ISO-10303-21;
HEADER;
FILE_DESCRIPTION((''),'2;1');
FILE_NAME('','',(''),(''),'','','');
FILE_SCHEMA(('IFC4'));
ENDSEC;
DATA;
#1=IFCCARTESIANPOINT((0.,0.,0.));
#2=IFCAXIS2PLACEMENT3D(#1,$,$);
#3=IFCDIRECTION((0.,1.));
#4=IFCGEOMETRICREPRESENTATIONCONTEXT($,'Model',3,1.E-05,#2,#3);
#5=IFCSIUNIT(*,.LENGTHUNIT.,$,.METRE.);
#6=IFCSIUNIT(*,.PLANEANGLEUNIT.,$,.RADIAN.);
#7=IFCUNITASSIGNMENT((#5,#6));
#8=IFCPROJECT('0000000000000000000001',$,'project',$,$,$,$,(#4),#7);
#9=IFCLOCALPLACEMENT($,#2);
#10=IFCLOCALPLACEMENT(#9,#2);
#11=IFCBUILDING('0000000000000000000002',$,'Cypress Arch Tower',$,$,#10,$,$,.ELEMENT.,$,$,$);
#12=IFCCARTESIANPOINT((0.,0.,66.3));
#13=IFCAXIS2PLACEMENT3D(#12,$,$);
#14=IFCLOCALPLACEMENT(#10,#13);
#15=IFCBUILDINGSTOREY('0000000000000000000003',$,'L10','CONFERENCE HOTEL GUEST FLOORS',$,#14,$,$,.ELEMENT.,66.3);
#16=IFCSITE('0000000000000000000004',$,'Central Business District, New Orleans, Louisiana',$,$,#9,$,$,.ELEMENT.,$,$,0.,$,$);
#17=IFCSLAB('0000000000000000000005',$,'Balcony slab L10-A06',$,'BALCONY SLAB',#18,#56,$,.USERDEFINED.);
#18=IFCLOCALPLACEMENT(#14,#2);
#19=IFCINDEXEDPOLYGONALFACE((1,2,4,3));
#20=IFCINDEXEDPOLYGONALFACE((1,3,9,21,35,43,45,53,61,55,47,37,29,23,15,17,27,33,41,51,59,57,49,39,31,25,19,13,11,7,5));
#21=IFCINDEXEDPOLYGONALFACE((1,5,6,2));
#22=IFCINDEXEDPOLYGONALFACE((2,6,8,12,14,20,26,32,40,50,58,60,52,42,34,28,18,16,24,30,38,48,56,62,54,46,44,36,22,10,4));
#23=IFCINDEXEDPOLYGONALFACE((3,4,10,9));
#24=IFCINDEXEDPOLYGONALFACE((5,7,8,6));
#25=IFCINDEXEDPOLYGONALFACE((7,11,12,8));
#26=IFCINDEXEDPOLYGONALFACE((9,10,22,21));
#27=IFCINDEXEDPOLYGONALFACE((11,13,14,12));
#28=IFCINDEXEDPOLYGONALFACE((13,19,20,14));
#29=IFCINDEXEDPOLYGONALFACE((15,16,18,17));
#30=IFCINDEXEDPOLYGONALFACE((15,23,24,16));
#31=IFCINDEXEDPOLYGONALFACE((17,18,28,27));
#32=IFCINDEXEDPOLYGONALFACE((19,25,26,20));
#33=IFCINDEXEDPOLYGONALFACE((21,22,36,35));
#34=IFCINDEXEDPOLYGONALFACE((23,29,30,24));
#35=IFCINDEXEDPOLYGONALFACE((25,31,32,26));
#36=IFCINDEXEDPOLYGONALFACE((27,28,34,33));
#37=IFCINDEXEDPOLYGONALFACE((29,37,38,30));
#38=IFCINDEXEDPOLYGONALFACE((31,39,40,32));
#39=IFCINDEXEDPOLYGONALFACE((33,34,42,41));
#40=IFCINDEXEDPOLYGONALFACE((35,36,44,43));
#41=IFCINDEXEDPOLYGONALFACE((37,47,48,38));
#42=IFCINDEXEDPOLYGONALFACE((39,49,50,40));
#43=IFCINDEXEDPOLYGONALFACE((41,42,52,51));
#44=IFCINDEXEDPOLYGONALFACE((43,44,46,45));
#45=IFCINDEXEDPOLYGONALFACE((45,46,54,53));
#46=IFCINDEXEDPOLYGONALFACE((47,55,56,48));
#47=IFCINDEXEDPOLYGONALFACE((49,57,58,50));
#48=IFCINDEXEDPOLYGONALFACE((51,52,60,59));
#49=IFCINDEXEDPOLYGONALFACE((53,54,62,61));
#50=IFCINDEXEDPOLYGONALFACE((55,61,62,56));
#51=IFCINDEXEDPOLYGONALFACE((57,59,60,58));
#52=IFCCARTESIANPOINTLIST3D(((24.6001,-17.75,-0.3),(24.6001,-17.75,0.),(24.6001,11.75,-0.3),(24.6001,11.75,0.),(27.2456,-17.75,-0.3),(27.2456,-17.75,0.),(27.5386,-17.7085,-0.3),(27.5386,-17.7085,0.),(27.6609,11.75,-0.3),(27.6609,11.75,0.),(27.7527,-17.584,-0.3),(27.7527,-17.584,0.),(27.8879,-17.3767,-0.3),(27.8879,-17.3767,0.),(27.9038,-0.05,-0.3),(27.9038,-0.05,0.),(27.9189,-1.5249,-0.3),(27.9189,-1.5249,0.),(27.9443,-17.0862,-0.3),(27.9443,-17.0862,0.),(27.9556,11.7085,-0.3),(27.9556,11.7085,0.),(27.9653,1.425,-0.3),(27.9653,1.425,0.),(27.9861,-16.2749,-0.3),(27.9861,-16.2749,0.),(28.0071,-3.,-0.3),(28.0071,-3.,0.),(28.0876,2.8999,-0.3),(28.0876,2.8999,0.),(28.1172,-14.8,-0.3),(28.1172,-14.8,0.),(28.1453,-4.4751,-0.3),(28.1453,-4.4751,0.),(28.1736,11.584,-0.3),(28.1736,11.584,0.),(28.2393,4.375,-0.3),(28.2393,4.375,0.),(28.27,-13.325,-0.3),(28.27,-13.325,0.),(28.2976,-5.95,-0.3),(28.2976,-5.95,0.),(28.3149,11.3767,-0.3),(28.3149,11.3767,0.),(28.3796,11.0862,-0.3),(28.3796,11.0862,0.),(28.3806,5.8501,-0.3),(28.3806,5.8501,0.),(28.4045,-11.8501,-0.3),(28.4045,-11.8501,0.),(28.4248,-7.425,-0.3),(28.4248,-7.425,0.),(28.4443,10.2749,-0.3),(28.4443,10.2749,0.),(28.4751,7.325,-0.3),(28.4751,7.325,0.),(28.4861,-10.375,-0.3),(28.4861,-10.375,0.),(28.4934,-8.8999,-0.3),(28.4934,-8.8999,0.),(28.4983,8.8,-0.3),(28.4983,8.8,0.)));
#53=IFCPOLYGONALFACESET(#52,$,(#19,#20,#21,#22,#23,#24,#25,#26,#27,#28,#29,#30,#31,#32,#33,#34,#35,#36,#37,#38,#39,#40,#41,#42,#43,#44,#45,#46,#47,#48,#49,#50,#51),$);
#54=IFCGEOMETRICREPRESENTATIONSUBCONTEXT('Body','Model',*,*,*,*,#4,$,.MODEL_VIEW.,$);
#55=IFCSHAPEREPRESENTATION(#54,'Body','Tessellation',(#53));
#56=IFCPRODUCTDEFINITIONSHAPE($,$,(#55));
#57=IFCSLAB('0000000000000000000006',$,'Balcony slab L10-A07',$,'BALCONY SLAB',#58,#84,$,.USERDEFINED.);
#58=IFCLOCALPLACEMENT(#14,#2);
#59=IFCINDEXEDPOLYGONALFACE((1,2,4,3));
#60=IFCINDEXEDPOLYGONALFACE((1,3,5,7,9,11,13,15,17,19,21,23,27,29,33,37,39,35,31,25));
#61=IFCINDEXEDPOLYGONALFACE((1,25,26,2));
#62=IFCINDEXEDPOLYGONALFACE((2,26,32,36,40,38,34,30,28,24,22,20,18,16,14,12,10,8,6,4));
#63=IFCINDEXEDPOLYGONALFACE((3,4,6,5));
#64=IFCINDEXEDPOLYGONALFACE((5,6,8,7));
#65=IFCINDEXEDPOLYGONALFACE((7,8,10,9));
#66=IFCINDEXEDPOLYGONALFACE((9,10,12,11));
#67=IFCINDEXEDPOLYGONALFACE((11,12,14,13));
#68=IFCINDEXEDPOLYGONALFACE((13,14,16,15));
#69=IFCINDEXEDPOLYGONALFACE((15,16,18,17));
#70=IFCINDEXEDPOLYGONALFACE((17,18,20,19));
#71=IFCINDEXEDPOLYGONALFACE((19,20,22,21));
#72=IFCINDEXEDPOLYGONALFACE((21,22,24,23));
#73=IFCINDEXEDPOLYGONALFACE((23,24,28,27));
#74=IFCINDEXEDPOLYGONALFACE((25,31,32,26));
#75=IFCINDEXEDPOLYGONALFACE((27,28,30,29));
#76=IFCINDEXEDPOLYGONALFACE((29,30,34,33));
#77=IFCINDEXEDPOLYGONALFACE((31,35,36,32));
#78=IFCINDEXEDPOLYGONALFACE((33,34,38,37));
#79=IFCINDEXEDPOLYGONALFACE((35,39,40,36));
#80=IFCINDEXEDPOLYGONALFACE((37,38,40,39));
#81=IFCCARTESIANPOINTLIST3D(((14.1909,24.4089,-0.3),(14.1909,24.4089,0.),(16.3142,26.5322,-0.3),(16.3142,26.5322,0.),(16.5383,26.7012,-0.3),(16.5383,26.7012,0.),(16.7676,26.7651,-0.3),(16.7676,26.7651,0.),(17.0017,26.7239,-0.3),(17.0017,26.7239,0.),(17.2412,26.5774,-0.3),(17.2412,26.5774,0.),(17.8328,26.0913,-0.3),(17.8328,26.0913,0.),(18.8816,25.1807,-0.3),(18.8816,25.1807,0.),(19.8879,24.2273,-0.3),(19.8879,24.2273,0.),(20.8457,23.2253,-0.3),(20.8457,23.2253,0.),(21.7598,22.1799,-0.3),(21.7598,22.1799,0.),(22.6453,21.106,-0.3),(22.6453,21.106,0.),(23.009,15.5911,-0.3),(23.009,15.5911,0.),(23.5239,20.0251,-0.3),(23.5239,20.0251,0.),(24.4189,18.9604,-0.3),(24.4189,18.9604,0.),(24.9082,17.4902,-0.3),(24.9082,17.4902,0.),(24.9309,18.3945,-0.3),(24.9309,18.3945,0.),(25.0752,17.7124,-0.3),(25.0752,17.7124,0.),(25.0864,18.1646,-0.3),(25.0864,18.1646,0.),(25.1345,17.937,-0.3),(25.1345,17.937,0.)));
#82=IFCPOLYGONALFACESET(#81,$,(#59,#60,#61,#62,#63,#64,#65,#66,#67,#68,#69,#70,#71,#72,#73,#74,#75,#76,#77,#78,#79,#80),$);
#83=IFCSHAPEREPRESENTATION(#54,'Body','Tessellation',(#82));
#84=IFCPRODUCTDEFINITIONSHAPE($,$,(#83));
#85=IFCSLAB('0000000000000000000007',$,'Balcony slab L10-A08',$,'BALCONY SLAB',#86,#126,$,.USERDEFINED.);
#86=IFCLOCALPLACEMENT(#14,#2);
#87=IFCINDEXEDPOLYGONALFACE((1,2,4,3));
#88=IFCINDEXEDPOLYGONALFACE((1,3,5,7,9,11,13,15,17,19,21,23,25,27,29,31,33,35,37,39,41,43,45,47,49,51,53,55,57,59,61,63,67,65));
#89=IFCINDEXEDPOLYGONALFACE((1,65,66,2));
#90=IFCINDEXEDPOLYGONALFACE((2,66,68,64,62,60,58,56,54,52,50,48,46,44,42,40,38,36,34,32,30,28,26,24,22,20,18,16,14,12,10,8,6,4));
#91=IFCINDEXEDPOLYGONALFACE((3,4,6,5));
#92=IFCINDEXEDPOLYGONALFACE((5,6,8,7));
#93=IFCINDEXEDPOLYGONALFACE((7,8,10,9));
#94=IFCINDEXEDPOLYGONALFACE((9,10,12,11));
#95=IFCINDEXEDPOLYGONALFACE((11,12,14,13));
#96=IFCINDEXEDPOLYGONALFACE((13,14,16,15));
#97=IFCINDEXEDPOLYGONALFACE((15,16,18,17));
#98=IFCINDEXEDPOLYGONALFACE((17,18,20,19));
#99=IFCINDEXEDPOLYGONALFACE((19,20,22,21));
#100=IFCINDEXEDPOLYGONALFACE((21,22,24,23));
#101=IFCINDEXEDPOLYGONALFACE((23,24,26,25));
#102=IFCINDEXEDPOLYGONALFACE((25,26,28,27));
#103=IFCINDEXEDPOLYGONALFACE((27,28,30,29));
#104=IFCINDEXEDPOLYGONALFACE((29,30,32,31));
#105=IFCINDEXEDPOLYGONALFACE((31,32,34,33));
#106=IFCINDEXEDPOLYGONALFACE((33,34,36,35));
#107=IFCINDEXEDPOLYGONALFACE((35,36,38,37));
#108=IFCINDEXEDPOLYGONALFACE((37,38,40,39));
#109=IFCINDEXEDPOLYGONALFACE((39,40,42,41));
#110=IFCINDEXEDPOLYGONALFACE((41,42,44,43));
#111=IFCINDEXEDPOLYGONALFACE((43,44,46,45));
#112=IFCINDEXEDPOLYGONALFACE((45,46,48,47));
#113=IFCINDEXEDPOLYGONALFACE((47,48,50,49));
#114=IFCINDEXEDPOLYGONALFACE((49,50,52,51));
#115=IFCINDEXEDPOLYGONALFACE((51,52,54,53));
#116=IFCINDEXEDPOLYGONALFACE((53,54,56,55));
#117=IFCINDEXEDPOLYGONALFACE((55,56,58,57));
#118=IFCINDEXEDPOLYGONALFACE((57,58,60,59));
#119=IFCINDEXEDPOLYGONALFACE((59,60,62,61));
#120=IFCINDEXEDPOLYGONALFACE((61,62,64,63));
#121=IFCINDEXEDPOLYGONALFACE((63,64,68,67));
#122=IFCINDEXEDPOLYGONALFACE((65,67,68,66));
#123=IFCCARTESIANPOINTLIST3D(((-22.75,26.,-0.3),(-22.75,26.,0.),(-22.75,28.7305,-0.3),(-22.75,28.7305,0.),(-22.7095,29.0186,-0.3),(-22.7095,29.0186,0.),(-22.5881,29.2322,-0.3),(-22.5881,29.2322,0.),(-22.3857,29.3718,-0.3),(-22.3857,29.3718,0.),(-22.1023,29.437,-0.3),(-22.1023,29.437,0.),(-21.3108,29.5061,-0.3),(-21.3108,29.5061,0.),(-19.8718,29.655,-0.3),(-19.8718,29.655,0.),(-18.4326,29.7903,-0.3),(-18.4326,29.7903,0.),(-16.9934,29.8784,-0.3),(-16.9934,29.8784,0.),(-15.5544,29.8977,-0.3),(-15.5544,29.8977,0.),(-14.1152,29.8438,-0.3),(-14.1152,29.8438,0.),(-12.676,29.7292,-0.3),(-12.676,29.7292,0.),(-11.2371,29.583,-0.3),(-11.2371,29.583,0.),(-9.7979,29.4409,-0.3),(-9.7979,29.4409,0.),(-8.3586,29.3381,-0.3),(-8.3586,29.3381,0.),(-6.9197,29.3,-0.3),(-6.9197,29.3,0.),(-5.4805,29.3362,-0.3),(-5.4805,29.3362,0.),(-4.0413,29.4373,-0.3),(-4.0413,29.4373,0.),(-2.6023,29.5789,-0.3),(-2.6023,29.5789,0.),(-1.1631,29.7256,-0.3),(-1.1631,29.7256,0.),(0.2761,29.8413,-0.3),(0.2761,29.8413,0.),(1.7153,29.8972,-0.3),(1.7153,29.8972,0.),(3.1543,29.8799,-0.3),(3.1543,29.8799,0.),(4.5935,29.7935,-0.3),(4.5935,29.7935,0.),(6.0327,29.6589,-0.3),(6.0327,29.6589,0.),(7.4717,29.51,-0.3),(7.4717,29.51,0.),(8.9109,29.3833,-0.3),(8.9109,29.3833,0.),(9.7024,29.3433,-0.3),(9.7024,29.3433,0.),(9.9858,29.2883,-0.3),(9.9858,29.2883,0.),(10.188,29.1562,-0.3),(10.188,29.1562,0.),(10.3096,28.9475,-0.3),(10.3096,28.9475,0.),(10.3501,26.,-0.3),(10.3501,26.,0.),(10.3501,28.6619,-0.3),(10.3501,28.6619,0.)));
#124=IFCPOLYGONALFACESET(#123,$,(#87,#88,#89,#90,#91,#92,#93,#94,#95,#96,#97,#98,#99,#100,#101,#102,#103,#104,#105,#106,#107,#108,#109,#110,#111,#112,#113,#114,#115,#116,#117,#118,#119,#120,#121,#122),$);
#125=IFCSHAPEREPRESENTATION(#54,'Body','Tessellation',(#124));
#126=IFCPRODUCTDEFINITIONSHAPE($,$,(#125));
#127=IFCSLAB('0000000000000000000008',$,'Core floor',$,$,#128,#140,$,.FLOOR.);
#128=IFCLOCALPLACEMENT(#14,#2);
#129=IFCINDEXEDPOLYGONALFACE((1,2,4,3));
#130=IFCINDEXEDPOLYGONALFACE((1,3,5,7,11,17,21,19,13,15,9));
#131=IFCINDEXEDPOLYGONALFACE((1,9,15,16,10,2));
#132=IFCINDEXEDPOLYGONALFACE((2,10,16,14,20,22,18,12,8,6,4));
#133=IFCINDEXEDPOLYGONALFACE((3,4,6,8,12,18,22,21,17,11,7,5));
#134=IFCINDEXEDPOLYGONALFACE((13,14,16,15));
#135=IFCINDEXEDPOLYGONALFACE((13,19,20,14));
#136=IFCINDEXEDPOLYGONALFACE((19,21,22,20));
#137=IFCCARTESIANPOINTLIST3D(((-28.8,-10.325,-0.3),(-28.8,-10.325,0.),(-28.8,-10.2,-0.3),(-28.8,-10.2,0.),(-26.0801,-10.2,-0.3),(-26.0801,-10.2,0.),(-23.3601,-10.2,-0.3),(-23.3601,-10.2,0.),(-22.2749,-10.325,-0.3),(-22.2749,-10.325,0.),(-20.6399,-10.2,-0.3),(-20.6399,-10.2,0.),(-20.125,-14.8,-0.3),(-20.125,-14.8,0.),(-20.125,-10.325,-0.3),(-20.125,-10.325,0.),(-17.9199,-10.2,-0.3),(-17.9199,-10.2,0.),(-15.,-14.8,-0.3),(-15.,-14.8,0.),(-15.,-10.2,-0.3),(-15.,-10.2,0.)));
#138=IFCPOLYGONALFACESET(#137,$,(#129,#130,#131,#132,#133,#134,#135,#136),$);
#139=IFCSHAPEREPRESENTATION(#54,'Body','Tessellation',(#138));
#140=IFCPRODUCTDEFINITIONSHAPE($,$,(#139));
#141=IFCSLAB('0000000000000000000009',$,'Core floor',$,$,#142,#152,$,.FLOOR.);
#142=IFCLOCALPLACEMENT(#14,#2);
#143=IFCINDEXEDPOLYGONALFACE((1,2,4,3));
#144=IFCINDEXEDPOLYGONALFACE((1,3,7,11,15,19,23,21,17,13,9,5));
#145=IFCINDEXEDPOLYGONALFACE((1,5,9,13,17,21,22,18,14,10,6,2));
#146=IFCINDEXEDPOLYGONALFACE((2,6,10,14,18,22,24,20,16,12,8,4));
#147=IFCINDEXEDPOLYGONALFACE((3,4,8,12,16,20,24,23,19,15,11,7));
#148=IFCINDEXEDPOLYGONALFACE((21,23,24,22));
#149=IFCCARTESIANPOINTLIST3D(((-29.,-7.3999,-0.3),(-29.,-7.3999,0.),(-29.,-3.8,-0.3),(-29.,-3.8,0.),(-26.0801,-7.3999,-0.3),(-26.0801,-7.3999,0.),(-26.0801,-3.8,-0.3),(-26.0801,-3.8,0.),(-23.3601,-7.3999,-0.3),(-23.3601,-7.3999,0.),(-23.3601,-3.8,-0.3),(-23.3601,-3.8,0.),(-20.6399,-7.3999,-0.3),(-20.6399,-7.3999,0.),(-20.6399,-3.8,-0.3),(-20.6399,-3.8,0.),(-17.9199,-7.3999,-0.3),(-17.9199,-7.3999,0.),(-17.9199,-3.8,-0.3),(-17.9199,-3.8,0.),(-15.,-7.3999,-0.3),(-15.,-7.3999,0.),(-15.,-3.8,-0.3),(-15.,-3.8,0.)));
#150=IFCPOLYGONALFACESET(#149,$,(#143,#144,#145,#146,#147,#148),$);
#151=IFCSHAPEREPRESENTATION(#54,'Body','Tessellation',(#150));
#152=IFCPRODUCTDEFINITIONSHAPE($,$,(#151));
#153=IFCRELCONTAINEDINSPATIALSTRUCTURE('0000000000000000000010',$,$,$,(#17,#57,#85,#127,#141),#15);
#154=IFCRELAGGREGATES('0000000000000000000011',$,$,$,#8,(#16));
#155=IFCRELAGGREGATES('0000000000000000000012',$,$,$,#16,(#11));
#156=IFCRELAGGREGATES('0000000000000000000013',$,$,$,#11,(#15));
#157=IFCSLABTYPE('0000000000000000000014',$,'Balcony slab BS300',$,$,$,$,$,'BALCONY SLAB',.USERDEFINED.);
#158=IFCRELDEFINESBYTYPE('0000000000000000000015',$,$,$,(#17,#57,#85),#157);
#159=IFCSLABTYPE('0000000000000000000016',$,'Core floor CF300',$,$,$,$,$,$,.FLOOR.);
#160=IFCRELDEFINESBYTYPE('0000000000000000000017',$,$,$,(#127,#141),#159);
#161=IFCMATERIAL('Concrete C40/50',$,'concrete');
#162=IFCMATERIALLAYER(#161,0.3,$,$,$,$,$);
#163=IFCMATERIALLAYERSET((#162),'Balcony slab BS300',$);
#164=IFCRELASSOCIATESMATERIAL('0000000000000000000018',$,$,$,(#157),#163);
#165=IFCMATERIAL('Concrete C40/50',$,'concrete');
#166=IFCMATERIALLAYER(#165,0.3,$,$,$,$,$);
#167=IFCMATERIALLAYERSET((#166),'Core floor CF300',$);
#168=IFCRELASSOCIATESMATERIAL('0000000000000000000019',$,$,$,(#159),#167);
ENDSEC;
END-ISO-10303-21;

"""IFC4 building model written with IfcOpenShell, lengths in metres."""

from ifc_helpers import new_model, si_unit, direction, frame, origin, place, context, subcontext, project, spatial, polyline, outline, extrude, material, layer, layer_set, type_object, element, save


model = new_model("IFC4")

# Units and contexts
model_context = context("Model", 3, precision=1e-05, world=origin(), true_north=direction((0.0, 1.0)))
body_context = subcontext(model_context, "Body", "Model", "MODEL_VIEW")
ifc_project = project(units=[si_unit("LENGTHUNIT", "METRE"), si_unit("PLANEANGLEUNIT", "RADIAN")], contexts=[model_context])

# Site, building, storey
site_placement = place(None, origin())
site = spatial("IfcSite", under=ifc_project, at=site_placement, Name="Central Business District, New Orleans, Louisiana", CompositionType="ELEMENT", RefElevation=0.0)
building_placement = place(site_placement, origin())
building = spatial("IfcBuilding", under=site, at=building_placement, Name="Cypress Arch Tower", CompositionType="ELEMENT")
storey_placement = place(building_placement, frame((0.0, 0.0, 66.3)))
storey = spatial("IfcBuildingStorey", under=building, at=storey_placement, Name="L10", Description="CONFERENCE HOTEL GUEST FLOORS", CompositionType="ELEMENT", Elevation=66.3)

# Slabs
ifc_material_1 = material(Name="Concrete C40/50", Category="concrete")
ifc_layer_1 = layer(ifc_material_1, 0.3)
ifc_layer_set_1 = layer_set([ifc_layer_1], Name="Balcony slab BS300")
slab_type_1 = type_object("IfcSlabType", Name="Balcony slab BS300", ElementType="BALCONY SLAB", PredefinedType="USERDEFINED", material=ifc_layer_set_1)
slab_1_placement = place(storey_placement, frame((0.0, 0.0, -0.3)))
element("IfcSlab", 1, at=slab_1_placement, inside=storey, type_object=slab_type_1, Name="Balcony slab L10-A06", ObjectType="BALCONY SLAB", PredefinedType="USERDEFINED", context=body_context, shape_type="SweptSolid", body=[
    extrude(outline(polyline([(24.6001, -17.75), (27.2456, -17.75), (27.5386, -17.7085), (27.7527, -17.584), (27.8879, -17.3767), (27.9443, -17.0862), (27.9861, -16.2749), (28.1172, -14.8), (28.27, -13.325), (28.4045, -11.8501), (28.4861, -10.375), (28.4934, -8.8999), (28.4248, -7.425), (28.2976, -5.95), (28.1453, -4.4751), (28.0071, -3.0), (27.9189, -1.5249), (27.9038, -0.05), (27.9653, 1.425), (28.0876, 2.8999), (28.2393, 4.375), (28.3806, 5.8501), (28.4751, 7.325), (28.4983, 8.8), (28.4443, 10.2749), (28.3796, 11.0862), (28.3149, 11.3767), (28.1736, 11.584), (27.9556, 11.7085), (27.6609, 11.75), (24.6001, 11.75), (24.6001, -17.75)])), origin(), (0.0, 0.0, 1.0), 0.3),
])
slab_2_placement = place(storey_placement, frame((0.0, 0.0, -0.3)))
element("IfcSlab", 2, at=slab_2_placement, inside=storey, type_object=slab_type_1, Name="Balcony slab L10-A07", ObjectType="BALCONY SLAB", PredefinedType="USERDEFINED", context=body_context, shape_type="SweptSolid", body=[
    extrude(outline(polyline([(23.009, 15.5911), (24.9082, 17.4902), (25.0752, 17.7124), (25.1345, 17.937), (25.0864, 18.1646), (24.9309, 18.3945), (24.4189, 18.9604), (23.5239, 20.0251), (22.6453, 21.106), (21.7598, 22.1799), (20.8457, 23.2253), (19.8879, 24.2273), (18.8816, 25.1807), (17.8328, 26.0913), (17.2412, 26.5774), (17.0017, 26.7239), (16.7676, 26.7651), (16.5383, 26.7012), (16.3142, 26.5322), (14.1909, 24.4089), (23.009, 15.5911)])), origin(), (0.0, 0.0, 1.0), 0.3),
])
slab_3_placement = place(storey_placement, frame((0.0, 0.0, -0.3)))
element("IfcSlab", 3, at=slab_3_placement, inside=storey, type_object=slab_type_1, Name="Balcony slab L10-A08", ObjectType="BALCONY SLAB", PredefinedType="USERDEFINED", context=body_context, shape_type="SweptSolid", body=[
    extrude(outline(polyline([(10.3501, 26.0), (10.3501, 28.6619), (10.3096, 28.9475), (10.188, 29.1562), (9.9858, 29.2883), (9.7024, 29.3433), (8.9109, 29.3833), (7.4717, 29.51), (6.0327, 29.6589), (4.5935, 29.7935), (3.1543, 29.8799), (1.7153, 29.8972), (0.2761, 29.8413), (-1.1631, 29.7256), (-2.6023, 29.5789), (-4.0413, 29.4373), (-5.4805, 29.3362), (-6.9197, 29.3), (-8.3586, 29.3381), (-9.7979, 29.4409), (-11.2371, 29.583), (-12.676, 29.7292), (-14.1152, 29.8438), (-15.5544, 29.8977), (-16.9934, 29.8784), (-18.4326, 29.7903), (-19.8718, 29.655), (-21.3108, 29.5061), (-22.1023, 29.437), (-22.3857, 29.3718), (-22.5881, 29.2322), (-22.7095, 29.0186), (-22.75, 28.7305), (-22.75, 26.0), (10.3501, 26.0)])), origin(), (0.0, 0.0, 1.0), 0.3),
])
ifc_material_2 = material(Name="Concrete C40/50", Category="concrete")
ifc_layer_2 = layer(ifc_material_2, 0.3)
ifc_layer_set_2 = layer_set([ifc_layer_2], Name="Core floor CF300")
slab_type_2 = type_object("IfcSlabType", Name="Core floor CF300", PredefinedType="FLOOR", material=ifc_layer_set_2)
slab_4_placement = place(storey_placement, frame((0.0, 0.0, -0.3)))
element("IfcSlab", 4, at=slab_4_placement, inside=storey, type_object=slab_type_2, Name="Core floor", PredefinedType="FLOOR", context=body_context, shape_type="SweptSolid", body=[
    extrude(outline(polyline([(-20.125, -14.8), (-15.0, -14.8), (-15.0, -10.2), (-17.9199, -10.2), (-20.6399, -10.2), (-23.3601, -10.2), (-26.0801, -10.2), (-28.8, -10.2), (-28.8, -10.325), (-22.2749, -10.325), (-20.125, -10.325), (-20.125, -14.8)])), origin(), (0.0, 0.0, 1.0), 0.3),
])
slab_5_placement = place(storey_placement, frame((0.0, 0.0, -0.3)))
element("IfcSlab", 5, at=slab_5_placement, inside=storey, type_object=slab_type_2, Name="Core floor", PredefinedType="FLOOR", context=body_context, shape_type="SweptSolid", body=[
    extrude(outline(polyline([(-29.0, -3.8), (-29.0, -7.3999), (-26.0801, -7.3999), (-23.3601, -7.3999), (-20.6399, -7.3999), (-17.9199, -7.3999), (-15.0, -7.3999), (-15.0, -3.8), (-17.9199, -3.8), (-20.6399, -3.8), (-23.3601, -3.8), (-26.0801, -3.8), (-29.0, -3.8)])), origin(), (0.0, 0.0, 1.0), 0.3),
])

save(model, "model.ifc")
